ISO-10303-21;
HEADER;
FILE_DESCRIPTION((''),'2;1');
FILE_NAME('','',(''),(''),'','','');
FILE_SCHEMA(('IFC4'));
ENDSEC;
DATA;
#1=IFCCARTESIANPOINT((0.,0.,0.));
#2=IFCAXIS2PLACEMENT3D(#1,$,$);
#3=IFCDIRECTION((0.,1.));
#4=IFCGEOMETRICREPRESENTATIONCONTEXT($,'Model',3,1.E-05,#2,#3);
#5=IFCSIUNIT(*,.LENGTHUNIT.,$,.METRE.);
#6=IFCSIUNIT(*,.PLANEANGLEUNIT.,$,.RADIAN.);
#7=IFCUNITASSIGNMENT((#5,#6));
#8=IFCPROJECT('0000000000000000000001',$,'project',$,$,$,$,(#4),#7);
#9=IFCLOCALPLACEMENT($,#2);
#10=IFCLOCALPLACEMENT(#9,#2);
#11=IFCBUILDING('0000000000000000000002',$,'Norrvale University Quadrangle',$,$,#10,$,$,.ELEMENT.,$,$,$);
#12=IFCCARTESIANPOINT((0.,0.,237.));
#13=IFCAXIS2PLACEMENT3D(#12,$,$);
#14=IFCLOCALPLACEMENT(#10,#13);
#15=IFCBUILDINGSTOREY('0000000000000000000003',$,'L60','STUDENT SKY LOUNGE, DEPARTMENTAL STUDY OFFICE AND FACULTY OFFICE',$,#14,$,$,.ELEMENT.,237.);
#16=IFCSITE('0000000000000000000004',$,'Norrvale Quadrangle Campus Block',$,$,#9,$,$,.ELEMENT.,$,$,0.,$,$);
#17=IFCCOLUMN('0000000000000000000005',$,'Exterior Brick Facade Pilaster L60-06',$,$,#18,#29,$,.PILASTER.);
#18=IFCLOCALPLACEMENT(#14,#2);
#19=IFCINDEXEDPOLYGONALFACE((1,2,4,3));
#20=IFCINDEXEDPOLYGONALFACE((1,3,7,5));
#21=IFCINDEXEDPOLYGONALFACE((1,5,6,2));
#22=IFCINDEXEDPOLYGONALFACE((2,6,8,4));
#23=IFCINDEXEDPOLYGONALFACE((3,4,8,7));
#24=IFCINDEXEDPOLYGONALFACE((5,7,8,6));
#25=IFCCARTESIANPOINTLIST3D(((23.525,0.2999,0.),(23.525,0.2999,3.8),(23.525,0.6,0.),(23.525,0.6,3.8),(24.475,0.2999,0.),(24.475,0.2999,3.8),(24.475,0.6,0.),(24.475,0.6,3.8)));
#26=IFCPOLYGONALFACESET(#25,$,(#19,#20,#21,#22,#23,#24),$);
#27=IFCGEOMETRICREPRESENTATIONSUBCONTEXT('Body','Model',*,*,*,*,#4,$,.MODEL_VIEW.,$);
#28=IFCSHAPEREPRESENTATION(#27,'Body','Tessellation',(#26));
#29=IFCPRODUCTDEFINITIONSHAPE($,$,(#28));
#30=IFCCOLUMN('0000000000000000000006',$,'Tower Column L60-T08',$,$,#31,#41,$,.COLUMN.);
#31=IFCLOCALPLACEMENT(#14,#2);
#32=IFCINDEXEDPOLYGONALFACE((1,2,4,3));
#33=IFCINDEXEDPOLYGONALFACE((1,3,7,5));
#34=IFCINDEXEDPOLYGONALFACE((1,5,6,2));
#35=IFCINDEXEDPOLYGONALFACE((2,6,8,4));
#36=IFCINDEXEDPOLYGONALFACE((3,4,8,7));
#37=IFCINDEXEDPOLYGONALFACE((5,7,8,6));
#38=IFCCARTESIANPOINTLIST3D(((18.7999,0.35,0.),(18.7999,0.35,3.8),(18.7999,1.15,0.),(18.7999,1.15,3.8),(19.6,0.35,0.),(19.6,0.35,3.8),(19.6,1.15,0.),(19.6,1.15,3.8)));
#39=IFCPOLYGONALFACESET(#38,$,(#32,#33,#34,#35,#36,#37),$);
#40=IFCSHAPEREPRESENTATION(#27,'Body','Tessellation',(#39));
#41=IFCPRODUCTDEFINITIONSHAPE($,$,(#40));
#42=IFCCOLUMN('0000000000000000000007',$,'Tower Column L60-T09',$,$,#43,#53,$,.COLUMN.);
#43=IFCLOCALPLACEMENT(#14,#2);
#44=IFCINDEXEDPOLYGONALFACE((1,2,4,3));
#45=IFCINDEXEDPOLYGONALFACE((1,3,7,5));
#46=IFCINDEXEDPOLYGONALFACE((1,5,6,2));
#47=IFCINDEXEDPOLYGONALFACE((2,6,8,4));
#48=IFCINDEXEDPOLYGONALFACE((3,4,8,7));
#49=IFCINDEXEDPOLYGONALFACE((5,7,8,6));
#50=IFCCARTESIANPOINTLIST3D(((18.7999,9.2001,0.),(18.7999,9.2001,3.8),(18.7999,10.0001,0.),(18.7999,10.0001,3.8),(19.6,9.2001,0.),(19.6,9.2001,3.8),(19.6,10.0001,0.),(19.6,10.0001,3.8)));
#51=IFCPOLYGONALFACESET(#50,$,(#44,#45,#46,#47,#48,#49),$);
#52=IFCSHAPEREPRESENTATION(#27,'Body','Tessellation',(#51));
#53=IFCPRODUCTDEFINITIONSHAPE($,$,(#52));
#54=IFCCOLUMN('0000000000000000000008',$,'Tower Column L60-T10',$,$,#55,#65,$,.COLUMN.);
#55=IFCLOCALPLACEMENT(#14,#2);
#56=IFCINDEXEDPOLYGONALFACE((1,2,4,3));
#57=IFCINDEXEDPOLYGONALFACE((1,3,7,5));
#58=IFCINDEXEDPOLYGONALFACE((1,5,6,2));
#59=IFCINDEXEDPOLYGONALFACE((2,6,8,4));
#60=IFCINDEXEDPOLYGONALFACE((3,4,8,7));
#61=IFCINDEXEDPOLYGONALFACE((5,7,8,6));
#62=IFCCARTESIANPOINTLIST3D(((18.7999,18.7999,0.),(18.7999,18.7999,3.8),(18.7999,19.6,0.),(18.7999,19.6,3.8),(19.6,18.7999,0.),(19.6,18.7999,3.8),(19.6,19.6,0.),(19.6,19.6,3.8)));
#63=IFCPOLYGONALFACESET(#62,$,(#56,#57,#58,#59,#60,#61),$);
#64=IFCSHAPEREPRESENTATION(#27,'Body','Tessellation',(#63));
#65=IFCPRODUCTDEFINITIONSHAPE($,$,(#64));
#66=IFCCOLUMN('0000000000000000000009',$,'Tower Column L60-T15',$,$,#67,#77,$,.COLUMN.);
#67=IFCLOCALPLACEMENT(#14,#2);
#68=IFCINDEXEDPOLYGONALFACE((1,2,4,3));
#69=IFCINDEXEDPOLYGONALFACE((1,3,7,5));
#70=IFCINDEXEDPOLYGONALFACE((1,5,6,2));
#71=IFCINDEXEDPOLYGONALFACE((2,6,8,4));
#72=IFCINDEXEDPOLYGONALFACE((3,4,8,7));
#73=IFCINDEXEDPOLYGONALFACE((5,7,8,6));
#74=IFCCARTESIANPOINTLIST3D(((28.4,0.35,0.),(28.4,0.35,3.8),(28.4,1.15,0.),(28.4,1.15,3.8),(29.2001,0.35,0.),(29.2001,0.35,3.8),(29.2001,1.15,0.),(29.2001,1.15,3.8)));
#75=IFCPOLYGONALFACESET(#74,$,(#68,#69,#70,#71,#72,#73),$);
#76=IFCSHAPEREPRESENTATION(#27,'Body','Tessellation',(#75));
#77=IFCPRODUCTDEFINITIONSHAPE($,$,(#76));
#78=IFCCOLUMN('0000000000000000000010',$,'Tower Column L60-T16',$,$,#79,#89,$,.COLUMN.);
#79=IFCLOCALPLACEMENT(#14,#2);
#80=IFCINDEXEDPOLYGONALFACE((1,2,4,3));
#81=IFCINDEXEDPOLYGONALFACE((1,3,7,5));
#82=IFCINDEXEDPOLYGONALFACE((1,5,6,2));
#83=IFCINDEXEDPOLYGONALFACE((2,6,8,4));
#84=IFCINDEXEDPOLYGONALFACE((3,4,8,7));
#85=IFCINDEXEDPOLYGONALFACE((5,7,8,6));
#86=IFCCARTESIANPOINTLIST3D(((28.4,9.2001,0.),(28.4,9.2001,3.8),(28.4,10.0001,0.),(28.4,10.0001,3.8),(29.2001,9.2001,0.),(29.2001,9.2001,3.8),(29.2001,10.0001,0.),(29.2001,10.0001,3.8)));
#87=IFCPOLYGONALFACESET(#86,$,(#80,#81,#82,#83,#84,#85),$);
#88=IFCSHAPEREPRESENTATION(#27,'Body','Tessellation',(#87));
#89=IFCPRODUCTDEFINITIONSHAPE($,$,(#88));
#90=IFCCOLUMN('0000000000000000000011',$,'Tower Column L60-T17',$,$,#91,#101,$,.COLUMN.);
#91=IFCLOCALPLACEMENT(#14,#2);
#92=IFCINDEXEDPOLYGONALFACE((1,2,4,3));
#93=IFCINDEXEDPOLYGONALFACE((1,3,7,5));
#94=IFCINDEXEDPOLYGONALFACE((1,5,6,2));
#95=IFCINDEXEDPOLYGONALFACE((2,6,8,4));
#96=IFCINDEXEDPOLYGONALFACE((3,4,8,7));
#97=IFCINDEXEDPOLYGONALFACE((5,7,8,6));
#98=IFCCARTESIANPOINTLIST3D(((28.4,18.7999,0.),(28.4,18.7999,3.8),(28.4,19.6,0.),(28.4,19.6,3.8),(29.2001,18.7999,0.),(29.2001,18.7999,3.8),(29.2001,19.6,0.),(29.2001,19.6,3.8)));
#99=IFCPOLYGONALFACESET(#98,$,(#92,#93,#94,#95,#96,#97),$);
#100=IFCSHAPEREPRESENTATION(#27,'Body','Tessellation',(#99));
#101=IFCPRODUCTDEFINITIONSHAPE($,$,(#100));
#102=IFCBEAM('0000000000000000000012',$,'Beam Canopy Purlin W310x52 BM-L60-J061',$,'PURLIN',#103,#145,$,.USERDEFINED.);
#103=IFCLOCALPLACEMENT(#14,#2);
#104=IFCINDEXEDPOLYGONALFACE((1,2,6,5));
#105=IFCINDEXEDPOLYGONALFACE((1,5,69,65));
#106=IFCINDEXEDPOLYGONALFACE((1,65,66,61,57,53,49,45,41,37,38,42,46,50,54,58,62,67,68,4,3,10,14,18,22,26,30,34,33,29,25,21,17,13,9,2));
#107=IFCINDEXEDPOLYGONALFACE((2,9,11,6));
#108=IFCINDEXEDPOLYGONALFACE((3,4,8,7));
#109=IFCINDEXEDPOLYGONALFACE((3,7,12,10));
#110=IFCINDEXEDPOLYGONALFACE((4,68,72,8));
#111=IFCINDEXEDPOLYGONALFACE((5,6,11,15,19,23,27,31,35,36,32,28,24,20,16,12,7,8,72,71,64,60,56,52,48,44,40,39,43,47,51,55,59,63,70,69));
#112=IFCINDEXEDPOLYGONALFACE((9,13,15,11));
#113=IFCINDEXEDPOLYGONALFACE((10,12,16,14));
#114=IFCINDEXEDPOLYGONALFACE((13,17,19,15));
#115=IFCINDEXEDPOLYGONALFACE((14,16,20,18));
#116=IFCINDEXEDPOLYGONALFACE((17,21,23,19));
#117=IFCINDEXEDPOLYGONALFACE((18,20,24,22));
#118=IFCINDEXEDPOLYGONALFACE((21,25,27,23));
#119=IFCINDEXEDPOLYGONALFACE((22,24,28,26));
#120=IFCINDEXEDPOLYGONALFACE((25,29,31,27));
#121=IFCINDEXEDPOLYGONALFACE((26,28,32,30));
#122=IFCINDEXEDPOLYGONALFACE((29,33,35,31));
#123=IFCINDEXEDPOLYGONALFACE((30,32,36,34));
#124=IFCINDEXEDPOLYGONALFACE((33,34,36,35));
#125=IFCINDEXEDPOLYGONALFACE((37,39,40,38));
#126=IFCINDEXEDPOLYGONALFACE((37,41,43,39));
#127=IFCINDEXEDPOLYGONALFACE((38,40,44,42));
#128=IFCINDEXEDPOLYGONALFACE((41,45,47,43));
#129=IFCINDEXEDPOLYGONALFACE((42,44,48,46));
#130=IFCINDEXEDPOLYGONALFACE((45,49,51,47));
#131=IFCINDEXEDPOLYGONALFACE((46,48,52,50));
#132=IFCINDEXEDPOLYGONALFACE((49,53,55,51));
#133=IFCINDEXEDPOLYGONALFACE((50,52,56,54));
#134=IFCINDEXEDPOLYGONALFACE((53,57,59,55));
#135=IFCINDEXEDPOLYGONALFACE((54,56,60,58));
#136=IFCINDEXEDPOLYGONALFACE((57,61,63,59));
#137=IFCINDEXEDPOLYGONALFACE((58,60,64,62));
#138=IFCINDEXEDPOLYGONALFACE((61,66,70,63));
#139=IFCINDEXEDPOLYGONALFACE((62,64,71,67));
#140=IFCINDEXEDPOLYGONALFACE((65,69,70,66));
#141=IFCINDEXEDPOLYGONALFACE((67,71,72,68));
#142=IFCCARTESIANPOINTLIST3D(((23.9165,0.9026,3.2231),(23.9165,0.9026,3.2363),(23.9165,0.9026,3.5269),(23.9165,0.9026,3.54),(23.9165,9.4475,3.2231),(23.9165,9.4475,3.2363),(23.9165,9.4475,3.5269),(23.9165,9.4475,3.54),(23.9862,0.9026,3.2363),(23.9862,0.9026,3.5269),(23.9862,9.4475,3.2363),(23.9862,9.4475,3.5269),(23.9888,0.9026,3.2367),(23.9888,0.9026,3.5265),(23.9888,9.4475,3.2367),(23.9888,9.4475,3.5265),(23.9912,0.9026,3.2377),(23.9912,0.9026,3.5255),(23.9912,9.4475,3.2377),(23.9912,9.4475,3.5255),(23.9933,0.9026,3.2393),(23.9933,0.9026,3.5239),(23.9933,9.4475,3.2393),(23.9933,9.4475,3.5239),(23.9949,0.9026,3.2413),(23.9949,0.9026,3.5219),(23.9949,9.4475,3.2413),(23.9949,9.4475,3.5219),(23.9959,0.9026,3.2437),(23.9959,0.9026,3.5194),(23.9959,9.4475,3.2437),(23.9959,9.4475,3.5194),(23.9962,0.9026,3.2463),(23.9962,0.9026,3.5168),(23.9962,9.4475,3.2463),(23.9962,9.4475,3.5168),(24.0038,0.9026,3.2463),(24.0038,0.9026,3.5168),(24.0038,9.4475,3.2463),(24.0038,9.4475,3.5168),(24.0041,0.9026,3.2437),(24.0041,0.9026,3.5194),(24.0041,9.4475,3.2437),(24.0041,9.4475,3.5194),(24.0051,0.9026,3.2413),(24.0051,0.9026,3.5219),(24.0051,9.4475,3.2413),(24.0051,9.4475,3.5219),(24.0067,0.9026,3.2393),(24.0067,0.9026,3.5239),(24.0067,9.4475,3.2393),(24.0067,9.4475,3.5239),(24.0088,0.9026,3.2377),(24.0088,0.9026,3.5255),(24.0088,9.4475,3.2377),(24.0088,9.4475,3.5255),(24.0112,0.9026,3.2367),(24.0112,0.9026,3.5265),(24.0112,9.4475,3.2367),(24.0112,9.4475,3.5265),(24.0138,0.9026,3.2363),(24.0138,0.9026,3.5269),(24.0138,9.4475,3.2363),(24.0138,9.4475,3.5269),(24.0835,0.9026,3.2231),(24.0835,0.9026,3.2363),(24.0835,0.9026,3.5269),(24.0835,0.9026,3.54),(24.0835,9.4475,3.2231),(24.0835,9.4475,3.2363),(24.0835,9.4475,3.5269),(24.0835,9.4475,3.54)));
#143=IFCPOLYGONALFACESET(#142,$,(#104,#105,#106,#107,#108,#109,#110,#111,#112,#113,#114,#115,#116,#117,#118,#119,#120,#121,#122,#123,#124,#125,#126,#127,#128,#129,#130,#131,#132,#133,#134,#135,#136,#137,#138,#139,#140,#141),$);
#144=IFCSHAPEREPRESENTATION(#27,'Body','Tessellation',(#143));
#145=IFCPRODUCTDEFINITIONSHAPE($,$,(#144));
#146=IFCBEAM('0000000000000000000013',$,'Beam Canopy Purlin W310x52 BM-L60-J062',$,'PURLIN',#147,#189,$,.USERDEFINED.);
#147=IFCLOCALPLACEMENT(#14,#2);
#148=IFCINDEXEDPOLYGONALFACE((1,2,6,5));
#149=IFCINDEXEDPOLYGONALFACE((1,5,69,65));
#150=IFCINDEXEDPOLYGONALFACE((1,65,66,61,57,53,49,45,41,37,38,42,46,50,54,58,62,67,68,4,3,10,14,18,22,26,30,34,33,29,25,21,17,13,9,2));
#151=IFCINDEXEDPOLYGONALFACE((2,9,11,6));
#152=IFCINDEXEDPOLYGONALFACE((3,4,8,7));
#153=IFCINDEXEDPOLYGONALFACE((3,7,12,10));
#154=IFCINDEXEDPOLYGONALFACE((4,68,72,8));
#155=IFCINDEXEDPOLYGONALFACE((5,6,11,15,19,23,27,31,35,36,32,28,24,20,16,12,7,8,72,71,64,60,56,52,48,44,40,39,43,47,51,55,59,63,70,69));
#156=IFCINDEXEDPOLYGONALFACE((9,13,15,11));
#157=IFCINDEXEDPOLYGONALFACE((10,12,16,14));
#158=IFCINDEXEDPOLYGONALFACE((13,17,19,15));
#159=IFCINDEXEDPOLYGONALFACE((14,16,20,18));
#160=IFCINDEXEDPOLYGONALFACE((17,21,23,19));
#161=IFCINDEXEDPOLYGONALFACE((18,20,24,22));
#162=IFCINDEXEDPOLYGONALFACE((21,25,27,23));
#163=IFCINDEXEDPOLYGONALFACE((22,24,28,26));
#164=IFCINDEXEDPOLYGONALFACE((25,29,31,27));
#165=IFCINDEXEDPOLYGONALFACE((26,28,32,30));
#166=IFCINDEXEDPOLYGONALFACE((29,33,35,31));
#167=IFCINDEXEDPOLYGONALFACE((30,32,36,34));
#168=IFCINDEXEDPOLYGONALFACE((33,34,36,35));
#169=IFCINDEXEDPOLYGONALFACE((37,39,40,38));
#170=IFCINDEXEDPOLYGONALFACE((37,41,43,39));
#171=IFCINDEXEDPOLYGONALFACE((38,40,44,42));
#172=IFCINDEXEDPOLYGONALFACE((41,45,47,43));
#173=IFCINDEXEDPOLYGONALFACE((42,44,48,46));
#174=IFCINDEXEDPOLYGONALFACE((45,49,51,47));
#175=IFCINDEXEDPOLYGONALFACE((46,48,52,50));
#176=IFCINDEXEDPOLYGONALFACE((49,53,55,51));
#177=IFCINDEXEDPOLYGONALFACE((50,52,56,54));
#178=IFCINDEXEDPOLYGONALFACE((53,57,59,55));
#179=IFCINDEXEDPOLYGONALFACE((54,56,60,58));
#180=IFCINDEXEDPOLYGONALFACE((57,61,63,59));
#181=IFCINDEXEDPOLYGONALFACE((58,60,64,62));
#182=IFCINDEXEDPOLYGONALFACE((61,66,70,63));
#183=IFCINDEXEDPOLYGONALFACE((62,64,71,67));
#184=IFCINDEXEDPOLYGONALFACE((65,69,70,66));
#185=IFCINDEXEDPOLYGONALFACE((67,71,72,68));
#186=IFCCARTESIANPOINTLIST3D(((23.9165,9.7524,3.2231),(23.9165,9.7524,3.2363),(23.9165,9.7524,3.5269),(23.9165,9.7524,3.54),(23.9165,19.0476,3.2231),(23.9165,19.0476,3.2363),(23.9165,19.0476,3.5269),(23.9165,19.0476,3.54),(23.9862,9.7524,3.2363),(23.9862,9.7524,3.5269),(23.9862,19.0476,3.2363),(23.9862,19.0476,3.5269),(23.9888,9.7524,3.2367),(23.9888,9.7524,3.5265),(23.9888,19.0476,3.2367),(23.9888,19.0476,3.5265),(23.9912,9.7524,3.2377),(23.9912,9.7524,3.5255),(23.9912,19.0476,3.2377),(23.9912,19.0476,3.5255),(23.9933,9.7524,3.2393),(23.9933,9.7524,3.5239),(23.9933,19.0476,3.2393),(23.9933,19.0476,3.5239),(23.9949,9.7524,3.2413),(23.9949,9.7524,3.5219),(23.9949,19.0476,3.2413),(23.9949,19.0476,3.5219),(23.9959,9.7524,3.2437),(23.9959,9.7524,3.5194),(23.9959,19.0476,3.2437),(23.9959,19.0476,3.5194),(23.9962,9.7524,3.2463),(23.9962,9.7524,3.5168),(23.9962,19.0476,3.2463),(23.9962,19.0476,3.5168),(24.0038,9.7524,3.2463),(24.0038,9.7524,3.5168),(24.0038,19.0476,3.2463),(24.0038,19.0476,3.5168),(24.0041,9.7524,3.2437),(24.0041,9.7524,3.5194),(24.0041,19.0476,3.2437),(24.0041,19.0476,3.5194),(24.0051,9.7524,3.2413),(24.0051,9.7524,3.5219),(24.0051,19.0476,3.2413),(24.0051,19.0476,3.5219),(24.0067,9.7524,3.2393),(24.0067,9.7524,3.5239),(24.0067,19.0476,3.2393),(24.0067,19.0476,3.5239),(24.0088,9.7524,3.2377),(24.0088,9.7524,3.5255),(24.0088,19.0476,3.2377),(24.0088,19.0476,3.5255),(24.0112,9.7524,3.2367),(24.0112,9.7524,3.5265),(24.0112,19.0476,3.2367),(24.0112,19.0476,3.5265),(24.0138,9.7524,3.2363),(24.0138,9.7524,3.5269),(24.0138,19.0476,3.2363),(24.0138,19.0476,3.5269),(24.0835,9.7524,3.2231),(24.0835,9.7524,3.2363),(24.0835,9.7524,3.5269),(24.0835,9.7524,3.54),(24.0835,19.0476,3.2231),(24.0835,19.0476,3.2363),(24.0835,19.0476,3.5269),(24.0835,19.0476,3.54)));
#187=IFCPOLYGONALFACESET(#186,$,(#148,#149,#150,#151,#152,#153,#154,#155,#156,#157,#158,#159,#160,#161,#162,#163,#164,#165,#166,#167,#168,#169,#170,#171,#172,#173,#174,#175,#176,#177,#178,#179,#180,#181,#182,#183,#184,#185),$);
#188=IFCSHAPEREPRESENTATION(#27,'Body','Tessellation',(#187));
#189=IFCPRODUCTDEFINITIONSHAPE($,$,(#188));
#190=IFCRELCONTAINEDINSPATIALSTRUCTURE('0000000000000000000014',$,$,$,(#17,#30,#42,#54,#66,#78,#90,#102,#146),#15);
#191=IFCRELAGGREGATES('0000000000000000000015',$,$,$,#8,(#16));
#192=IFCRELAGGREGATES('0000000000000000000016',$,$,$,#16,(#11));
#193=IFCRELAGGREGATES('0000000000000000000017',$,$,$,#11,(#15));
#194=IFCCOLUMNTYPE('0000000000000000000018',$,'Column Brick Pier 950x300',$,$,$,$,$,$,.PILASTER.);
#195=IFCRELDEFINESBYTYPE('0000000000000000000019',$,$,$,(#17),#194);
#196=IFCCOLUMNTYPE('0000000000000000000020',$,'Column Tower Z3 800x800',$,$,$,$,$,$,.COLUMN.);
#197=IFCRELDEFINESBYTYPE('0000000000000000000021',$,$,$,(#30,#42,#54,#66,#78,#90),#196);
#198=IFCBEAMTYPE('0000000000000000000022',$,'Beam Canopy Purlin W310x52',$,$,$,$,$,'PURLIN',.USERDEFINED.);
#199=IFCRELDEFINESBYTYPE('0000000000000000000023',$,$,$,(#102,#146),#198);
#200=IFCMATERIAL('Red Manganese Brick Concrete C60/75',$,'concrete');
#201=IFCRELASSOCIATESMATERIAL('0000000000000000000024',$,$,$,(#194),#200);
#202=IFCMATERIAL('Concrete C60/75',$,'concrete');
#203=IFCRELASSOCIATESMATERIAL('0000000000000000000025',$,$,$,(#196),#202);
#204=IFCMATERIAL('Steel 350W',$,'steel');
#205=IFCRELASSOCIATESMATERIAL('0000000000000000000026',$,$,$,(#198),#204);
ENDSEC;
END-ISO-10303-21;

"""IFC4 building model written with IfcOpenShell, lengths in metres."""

from ifc_helpers import new_model, si_unit, direction, frame, origin, origin_2d, place, context, subcontext, project, spatial, rectangle, i_section, extrude, material, material_profile, profile_set, type_object, element, save


model = new_model("IFC4")

# Units and contexts
model_context = context("Model", 3, precision=1e-05, world=origin(), true_north=direction((0.0, 1.0)))
body_context = subcontext(model_context, "Body", "Model", "MODEL_VIEW")
ifc_project = project(units=[si_unit("LENGTHUNIT", "METRE"), si_unit("PLANEANGLEUNIT", "RADIAN")], contexts=[model_context])

# Site, building, storey
site_placement = place(None, origin())
site = spatial("IfcSite", under=ifc_project, at=site_placement, Name="Norrvale Quadrangle Campus Block", CompositionType="ELEMENT", RefElevation=0.0)
building_placement = place(site_placement, origin())
building = spatial("IfcBuilding", under=site, at=building_placement, Name="Norrvale University Quadrangle", CompositionType="ELEMENT")
storey_placement = place(building_placement, frame((0.0, 0.0, 237.0)))
storey = spatial("IfcBuildingStorey", under=building, at=storey_placement, Name="L60", Description="STUDENT SKY LOUNGE, DEPARTMENTAL STUDY OFFICE AND FACULTY OFFICE", CompositionType="ELEMENT", Elevation=237.0)

# Columns
ifc_material_1 = material(Name="Red Manganese Brick Concrete C60/75", Category="concrete")
ifc_material_profile_1 = material_profile(ifc_material_1, rectangle(XDim=0.95, YDim=0.3, at=origin_2d()), Name="Red Manganese Brick Concrete C60/75")
ifc_profile_set_1 = profile_set([ifc_material_profile_1], Name="Red Manganese Brick Concrete C60/75")
column_type_1 = type_object("IfcColumnType", Name="Column Brick Pier 950x300", PredefinedType="PILASTER", material=ifc_profile_set_1)
column_placement = place(storey_placement, frame((24.0, 0.45, 0.0), z_axis=(0.0, 0.0, 1.0), x_axis=(1.0, 0.0, 0.0)))
element("IfcColumn", 1, at=column_placement, inside=storey, type_object=column_type_1, Name="Exterior Brick Facade Pilaster L60-06", PredefinedType="PILASTER", context=body_context, shape_type="SweptSolid", body=[
    extrude(rectangle(XDim=0.95, YDim=0.3, at=origin_2d()), origin(), (0.0, 0.0, 1.0), 3.8),
])
ifc_material_2 = material(Name="Concrete C60/75", Category="concrete")
ifc_material_profile_2 = material_profile(ifc_material_2, rectangle(XDim=0.8, YDim=0.8, at=origin_2d()), Name="Concrete C60/75")
ifc_profile_set_2 = profile_set([ifc_material_profile_2], Name="Concrete C60/75")
column_type_2 = type_object("IfcColumnType", Name="Column Tower Z3 800x800", PredefinedType="COLUMN", material=ifc_profile_set_2)
for number, where, z_axis, x_axis, name in (
    (2, (19.2, 0.75, 0.0), (0.0, 0.0, 1.0), (1.0, 0.0, 0.0), "Tower Column L60-T08"),
    (3, (19.2, 9.6001, 0.0), (0.0, 0.0, 1.0), (1.0, 0.0, 0.0), "Tower Column L60-T09"),
    (4, (19.2, 19.2, 0.0), (0.0, 0.0, 1.0), (1.0, 0.0, 0.0), "Tower Column L60-T10"),
    (5, (28.8, 0.75, 0.0), (0.0, 0.0, 1.0), (1.0, 0.0, 0.0), "Tower Column L60-T15"),
    (6, (28.8, 9.6001, 0.0), (0.0, 0.0, 1.0), (1.0, 0.0, 0.0), "Tower Column L60-T16"),
    (7, (28.8, 19.2, 0.0), (0.0, 0.0, 1.0), (1.0, 0.0, 0.0), "Tower Column L60-T17"),
):
    element("IfcColumn", number, at=place(storey_placement, frame(where, z_axis=z_axis, x_axis=x_axis)), inside=storey, type_object=column_type_2, Name=name, PredefinedType="COLUMN", context=body_context, shape_type="SweptSolid", body=[
        extrude(rectangle(XDim=0.8, YDim=0.8, at=origin_2d()), origin(), (0.0, 0.0, 1.0), 3.8),
    ])

# Beams
ifc_material_3 = material(Name="Steel 350W", Category="steel")
ifc_material_profile_3 = material_profile(ifc_material_3, i_section(OverallWidth=0.167, OverallDepth=0.3169, WebThickness=0.0076, FlangeThickness=0.0132, FilletRadius=0.01, at=origin_2d()), Name="Steel 350W")
ifc_profile_set_3 = profile_set([ifc_material_profile_3], Name="Steel 350W")
beam_type_1 = type_object("IfcBeamType", Name="Beam Canopy Purlin W310x52", ElementType="PURLIN", PredefinedType="USERDEFINED", material=ifc_profile_set_3)
beam_1_placement = place(storey_placement, frame((24.0, 0.9026, 3.3816), z_axis=(0.0, 1.0, 0.0), x_axis=(-1.0, 0.0, 0.0)))
element("IfcBeam", 8, at=beam_1_placement, inside=storey, type_object=beam_type_1, Name="Beam Canopy Purlin W310x52 BM-L60-J061", ObjectType="PURLIN", PredefinedType="USERDEFINED", context=body_context, shape_type="SweptSolid", body=[
    extrude(i_section(OverallWidth=0.167, OverallDepth=0.3169, WebThickness=0.0076, FlangeThickness=0.0132, FilletRadius=0.01, at=origin_2d()), origin(), (0.0, 0.0, 1.0), 8.5449),
])
beam_2_placement = place(storey_placement, frame((24.0, 9.7524, 3.3816), z_axis=(0.0, 1.0, 0.0), x_axis=(-1.0, 0.0, 0.0)))
element("IfcBeam", 9, at=beam_2_placement, inside=storey, type_object=beam_type_1, Name="Beam Canopy Purlin W310x52 BM-L60-J062", ObjectType="PURLIN", PredefinedType="USERDEFINED", context=body_context, shape_type="SweptSolid", body=[
    extrude(i_section(OverallWidth=0.167, OverallDepth=0.3169, WebThickness=0.0076, FlangeThickness=0.0132, FilletRadius=0.01, at=origin_2d()), origin(), (0.0, 0.0, 1.0), 9.2952),
])

save(model, "model.ifc")
